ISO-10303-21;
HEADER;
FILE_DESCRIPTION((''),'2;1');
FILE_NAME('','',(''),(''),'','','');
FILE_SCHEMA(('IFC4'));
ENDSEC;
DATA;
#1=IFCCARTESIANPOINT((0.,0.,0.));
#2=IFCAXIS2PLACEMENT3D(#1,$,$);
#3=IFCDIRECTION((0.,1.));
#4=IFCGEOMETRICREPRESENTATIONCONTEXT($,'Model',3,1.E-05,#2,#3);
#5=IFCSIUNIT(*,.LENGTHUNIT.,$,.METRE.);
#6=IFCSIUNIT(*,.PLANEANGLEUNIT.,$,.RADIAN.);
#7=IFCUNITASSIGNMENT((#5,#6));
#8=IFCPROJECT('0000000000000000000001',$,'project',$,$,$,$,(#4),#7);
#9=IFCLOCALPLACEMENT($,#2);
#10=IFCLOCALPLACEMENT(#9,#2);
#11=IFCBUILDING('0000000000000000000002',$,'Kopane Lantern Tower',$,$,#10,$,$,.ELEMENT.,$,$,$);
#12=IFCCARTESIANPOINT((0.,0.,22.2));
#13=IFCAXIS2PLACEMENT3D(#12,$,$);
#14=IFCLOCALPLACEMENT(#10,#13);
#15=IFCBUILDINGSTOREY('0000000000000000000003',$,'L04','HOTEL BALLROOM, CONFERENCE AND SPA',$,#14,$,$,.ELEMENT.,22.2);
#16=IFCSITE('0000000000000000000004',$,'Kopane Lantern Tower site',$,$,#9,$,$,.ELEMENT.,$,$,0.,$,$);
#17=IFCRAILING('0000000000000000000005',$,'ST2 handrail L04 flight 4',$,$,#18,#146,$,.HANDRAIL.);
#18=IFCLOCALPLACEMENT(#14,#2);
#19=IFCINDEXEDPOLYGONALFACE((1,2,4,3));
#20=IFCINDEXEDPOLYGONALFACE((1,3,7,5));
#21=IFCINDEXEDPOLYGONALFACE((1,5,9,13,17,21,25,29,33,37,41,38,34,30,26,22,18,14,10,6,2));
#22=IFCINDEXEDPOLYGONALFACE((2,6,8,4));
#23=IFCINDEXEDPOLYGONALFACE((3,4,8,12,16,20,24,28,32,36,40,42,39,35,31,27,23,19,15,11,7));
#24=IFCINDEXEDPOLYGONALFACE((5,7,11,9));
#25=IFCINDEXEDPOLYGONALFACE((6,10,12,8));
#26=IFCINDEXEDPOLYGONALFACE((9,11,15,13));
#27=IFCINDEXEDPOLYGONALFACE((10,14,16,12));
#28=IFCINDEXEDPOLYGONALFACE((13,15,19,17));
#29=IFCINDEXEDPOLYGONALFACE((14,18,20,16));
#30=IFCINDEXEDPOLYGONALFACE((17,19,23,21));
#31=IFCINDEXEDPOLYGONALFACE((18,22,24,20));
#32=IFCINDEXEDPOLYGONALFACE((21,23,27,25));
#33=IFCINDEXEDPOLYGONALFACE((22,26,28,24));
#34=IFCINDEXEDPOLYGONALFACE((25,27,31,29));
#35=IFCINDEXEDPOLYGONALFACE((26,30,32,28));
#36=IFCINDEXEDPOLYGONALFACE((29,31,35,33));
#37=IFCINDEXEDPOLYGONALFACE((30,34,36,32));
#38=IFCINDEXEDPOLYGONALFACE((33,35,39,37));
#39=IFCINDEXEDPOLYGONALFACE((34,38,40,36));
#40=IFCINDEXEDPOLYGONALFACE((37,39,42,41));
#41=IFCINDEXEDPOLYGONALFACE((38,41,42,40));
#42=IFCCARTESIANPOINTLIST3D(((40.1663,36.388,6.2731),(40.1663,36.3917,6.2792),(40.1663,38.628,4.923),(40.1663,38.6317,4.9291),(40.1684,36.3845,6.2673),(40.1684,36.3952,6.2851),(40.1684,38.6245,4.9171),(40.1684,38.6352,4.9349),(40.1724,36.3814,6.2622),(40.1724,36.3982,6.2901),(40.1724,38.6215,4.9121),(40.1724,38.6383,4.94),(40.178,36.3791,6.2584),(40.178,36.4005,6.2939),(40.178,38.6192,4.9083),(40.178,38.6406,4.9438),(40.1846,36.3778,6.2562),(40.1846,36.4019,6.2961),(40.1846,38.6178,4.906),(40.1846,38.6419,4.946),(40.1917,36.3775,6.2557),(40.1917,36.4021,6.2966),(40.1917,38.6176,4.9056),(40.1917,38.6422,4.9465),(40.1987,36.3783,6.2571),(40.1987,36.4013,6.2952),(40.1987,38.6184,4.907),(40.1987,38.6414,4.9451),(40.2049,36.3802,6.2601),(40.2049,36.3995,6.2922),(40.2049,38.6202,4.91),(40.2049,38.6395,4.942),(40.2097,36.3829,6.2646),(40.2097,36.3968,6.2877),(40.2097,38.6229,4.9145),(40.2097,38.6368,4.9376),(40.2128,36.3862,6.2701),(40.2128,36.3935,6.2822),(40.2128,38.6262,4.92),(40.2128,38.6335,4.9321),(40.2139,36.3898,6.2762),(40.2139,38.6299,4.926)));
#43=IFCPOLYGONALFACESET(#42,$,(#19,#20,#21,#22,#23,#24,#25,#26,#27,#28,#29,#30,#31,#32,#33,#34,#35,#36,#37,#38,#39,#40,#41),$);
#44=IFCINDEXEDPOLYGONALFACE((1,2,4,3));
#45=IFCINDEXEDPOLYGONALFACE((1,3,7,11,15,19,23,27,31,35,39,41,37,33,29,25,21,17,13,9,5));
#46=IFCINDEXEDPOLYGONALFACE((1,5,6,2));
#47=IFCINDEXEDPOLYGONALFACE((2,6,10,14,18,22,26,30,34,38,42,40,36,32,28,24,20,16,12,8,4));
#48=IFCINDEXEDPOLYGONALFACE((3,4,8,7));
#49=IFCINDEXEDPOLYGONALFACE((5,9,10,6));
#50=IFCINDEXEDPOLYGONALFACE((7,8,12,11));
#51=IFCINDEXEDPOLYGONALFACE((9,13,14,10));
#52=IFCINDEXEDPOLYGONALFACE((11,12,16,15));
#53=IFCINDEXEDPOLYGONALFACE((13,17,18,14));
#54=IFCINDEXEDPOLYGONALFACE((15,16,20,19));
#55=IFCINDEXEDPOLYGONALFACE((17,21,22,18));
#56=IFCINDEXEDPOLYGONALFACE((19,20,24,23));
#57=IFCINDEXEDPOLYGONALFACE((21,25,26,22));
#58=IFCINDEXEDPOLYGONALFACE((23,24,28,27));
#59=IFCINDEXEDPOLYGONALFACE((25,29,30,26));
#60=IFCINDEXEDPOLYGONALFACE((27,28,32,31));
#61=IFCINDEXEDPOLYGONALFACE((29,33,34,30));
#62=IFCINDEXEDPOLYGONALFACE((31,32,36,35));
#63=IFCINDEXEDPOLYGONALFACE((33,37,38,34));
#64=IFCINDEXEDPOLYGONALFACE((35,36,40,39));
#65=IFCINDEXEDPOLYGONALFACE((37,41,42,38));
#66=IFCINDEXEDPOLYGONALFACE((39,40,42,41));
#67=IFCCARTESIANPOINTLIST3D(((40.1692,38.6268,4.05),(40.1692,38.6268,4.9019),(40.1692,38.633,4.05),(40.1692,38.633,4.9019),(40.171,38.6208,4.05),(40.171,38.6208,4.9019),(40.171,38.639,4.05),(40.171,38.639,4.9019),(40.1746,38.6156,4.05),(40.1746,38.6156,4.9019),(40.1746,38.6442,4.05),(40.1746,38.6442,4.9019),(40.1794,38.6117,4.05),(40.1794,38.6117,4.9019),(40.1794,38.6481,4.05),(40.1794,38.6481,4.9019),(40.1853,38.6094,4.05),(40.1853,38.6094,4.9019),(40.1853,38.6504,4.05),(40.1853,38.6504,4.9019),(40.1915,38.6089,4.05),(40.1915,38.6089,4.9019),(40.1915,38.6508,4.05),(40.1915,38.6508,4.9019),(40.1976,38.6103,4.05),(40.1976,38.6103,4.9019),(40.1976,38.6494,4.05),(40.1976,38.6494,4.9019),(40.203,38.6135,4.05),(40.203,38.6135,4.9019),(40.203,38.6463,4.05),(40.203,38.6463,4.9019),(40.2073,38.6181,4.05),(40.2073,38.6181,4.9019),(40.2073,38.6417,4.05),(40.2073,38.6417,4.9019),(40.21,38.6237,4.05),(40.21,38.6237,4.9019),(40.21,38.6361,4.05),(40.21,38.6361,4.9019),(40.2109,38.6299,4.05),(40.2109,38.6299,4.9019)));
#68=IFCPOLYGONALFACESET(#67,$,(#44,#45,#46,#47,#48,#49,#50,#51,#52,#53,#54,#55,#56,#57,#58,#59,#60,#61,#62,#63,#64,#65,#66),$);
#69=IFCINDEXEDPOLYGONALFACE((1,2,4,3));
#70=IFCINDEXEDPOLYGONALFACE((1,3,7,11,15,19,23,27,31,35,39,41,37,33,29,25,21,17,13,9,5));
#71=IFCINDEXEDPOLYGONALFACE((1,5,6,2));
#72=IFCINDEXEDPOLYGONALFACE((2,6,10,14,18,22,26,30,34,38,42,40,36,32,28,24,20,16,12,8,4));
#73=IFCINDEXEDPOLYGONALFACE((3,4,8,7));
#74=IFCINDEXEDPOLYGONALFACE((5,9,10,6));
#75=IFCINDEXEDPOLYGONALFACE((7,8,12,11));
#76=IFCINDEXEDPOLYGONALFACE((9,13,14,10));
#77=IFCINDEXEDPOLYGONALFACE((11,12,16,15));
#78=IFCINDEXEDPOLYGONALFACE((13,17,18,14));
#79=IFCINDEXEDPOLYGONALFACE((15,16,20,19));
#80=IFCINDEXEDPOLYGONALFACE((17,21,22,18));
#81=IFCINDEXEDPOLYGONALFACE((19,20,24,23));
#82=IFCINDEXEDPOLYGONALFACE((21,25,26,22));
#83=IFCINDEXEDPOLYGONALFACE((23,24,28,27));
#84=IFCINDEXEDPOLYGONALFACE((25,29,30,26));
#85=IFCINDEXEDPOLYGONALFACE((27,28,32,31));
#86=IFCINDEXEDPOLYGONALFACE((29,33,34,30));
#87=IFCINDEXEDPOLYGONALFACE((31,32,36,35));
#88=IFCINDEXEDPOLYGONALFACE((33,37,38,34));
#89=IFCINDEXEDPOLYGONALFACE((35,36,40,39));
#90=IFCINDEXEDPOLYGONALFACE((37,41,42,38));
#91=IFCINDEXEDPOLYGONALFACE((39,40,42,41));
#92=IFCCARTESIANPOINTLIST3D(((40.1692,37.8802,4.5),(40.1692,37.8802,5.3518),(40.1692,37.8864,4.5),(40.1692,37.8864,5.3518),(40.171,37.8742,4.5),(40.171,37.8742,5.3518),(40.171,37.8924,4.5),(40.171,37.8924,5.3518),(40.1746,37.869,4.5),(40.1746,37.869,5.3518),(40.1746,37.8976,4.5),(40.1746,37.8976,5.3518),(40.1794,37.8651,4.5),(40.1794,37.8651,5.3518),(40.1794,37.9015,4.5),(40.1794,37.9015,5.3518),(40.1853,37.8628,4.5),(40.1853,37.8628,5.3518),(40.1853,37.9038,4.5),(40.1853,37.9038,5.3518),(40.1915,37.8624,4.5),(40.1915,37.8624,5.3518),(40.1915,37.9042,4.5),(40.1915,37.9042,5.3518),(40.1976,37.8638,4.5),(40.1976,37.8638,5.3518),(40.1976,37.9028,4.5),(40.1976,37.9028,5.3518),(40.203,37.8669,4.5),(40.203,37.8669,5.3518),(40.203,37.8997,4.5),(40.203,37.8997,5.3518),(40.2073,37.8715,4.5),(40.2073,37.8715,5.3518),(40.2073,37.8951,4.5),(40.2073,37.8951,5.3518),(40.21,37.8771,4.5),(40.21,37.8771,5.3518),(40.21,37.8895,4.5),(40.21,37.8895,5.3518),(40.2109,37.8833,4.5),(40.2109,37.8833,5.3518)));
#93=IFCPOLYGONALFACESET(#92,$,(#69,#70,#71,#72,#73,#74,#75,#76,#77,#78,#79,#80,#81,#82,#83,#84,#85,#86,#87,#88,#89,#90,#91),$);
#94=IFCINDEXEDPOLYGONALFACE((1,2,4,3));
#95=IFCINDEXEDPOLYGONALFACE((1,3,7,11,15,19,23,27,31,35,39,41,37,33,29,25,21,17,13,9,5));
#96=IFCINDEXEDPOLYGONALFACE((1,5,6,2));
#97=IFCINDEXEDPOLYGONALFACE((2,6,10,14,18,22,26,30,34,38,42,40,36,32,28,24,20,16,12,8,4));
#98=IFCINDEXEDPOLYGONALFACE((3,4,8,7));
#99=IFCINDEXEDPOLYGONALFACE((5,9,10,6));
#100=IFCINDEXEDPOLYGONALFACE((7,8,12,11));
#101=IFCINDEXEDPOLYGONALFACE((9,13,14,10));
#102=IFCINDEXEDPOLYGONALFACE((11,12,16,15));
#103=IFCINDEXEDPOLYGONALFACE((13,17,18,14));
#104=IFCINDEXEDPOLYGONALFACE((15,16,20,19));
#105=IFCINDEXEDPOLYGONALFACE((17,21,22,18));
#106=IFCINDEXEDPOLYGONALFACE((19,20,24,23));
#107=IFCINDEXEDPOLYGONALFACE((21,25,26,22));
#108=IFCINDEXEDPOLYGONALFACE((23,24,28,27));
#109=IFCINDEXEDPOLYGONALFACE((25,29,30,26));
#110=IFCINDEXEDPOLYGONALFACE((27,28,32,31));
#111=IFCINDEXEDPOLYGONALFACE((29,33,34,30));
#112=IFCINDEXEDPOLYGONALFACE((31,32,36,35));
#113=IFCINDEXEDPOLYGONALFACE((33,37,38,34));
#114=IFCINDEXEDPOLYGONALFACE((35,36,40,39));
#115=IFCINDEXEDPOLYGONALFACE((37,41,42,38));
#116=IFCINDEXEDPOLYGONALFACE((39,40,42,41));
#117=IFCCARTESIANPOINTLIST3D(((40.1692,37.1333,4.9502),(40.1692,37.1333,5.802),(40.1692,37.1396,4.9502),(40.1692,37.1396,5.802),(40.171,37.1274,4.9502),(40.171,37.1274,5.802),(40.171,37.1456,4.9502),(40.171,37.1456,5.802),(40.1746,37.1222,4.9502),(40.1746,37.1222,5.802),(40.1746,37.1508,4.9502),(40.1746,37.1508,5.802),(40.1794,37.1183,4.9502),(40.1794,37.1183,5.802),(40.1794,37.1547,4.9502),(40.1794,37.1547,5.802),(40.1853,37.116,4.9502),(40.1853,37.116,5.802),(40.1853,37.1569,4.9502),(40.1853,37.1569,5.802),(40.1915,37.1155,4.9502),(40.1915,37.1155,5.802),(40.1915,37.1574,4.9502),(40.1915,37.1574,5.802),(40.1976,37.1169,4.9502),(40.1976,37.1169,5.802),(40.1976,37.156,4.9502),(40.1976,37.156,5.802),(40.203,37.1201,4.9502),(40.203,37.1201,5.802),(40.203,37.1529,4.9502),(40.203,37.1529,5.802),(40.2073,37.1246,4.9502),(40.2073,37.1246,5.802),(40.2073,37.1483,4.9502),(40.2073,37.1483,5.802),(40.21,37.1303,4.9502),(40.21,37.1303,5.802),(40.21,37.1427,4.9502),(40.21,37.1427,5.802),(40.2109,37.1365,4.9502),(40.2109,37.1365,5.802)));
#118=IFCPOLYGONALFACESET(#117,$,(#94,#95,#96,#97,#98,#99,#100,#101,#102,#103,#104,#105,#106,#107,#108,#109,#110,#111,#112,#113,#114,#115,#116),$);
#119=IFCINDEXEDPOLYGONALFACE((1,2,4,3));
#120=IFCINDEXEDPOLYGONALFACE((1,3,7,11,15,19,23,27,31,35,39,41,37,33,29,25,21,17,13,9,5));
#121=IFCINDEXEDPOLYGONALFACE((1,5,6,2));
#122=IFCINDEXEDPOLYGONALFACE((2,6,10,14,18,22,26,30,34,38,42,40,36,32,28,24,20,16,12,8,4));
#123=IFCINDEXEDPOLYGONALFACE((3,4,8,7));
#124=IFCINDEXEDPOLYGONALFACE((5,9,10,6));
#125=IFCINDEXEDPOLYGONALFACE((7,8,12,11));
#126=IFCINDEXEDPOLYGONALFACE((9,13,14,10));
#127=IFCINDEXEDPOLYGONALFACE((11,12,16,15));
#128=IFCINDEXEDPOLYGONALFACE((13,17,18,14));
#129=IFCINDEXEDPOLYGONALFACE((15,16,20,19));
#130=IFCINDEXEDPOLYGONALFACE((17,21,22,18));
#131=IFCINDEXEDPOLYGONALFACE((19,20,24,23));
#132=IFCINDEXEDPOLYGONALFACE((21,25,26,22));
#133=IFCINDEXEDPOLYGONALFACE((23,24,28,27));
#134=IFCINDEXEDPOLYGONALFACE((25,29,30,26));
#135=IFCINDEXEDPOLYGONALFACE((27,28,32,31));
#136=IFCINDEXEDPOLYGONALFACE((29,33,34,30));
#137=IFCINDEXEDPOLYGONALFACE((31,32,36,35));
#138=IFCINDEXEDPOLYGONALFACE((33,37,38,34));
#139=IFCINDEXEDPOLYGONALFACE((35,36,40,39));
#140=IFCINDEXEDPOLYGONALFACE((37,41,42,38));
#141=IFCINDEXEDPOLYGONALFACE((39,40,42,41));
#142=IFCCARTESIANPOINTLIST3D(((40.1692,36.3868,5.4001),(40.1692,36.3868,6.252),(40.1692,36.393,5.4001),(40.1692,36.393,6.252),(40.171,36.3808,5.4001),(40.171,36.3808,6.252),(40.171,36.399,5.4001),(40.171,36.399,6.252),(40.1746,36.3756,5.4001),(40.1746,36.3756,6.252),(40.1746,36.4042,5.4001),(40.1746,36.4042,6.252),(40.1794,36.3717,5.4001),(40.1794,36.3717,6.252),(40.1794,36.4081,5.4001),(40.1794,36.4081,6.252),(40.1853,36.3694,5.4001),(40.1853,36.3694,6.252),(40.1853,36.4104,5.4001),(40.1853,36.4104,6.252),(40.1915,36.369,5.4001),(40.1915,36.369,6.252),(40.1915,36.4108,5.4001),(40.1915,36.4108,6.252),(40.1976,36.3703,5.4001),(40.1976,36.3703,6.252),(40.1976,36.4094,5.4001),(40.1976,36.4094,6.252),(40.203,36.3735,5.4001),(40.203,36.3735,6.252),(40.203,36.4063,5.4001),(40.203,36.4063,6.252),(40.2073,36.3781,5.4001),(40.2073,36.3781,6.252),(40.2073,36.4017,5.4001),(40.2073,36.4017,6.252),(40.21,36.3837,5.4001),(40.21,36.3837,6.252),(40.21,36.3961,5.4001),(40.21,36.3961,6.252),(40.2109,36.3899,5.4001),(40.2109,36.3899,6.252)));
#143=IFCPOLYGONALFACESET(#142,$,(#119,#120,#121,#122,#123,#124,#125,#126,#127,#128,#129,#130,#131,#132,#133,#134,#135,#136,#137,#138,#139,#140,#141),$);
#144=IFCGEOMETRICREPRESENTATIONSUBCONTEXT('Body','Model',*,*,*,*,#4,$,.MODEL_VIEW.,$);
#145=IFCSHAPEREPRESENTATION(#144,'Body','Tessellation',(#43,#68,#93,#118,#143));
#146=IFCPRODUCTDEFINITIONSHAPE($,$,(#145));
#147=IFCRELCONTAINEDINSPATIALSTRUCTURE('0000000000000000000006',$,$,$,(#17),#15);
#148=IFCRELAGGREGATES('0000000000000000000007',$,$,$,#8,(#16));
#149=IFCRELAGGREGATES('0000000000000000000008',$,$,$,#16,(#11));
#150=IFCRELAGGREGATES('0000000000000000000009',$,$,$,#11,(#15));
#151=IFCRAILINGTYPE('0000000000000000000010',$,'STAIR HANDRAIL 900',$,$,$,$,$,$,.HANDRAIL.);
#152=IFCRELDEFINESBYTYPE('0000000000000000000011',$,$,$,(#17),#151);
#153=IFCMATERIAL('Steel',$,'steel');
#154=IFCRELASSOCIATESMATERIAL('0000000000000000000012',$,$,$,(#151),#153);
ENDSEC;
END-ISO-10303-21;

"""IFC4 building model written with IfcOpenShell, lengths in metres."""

from ifc_helpers import new_model, si_unit, direction, frame, origin, origin_2d, place, context, subcontext, project, spatial, circle, extrude, material, type_object, element, save


model = new_model("IFC4")

# Units and contexts
model_context = context("Model", 3, precision=1e-05, world=origin(), true_north=direction((0.0, 1.0)))
body_context = subcontext(model_context, "Body", "Model", "MODEL_VIEW")
ifc_project = project(units=[si_unit("LENGTHUNIT", "METRE"), si_unit("PLANEANGLEUNIT", "RADIAN")], contexts=[model_context])

# Site, building, storey
site_placement = place(None, origin())
site = spatial("IfcSite", under=ifc_project, at=site_placement, Name="Kopane Lantern Tower site", CompositionType="ELEMENT", RefElevation=0.0)
building_placement = place(site_placement, origin())
building = spatial("IfcBuilding", under=site, at=building_placement, Name="Kopane Lantern Tower", CompositionType="ELEMENT")
storey_placement = place(building_placement, frame((0.0, 0.0, 22.2)))
storey = spatial("IfcBuildingStorey", under=building, at=storey_placement, Name="L04", Description="HOTEL BALLROOM, CONFERENCE AND SPA", CompositionType="ELEMENT", Elevation=22.2)

# Railing
ifc_material_1 = material(Name="Steel", Category="steel")
railing_type_1 = type_object("IfcRailingType", Name="STAIR HANDRAIL 900", PredefinedType="HANDRAIL", material=ifc_material_1)
for number, where, name in (
    (1, (40.1899, 38.6299, 4.05), "ST2 handrail L04 flight 4"),
):
    element("IfcRailing", number, at=place(storey_placement, frame(where)), inside=storey, type_object=railing_type_1, Name=name, PredefinedType="HANDRAIL", context=body_context, shape_type="SweptSolid", body=[
        extrude(circle(Radius=0.0239, at=origin_2d()), frame((0.0, 0.0, 0.876), z_axis=(0.0, -0.856462, 0.516211), x_axis=(1.0, 0.0, 0.0)), (0.0, 0.0, 1.0), 2.6155),
        extrude(circle(Radius=0.021, at=origin_2d()), origin(), (0.0, 0.0, 1.0), 0.8518),
        extrude(circle(Radius=0.021, at=origin_2d()), frame((0.0, -0.7466, 0.45)), (0.0, 0.0, 1.0), 0.8518),
        extrude(circle(Radius=0.021, at=origin_2d()), frame((0.0, -1.4934, 0.9001)), (0.0, 0.0, 1.0), 0.8518),
        extrude(circle(Radius=0.021, at=origin_2d()), frame((0.0, -2.24, 1.3501)), (0.0, 0.0, 1.0), 0.8518),
    ])

save(model, "model.ifc")
